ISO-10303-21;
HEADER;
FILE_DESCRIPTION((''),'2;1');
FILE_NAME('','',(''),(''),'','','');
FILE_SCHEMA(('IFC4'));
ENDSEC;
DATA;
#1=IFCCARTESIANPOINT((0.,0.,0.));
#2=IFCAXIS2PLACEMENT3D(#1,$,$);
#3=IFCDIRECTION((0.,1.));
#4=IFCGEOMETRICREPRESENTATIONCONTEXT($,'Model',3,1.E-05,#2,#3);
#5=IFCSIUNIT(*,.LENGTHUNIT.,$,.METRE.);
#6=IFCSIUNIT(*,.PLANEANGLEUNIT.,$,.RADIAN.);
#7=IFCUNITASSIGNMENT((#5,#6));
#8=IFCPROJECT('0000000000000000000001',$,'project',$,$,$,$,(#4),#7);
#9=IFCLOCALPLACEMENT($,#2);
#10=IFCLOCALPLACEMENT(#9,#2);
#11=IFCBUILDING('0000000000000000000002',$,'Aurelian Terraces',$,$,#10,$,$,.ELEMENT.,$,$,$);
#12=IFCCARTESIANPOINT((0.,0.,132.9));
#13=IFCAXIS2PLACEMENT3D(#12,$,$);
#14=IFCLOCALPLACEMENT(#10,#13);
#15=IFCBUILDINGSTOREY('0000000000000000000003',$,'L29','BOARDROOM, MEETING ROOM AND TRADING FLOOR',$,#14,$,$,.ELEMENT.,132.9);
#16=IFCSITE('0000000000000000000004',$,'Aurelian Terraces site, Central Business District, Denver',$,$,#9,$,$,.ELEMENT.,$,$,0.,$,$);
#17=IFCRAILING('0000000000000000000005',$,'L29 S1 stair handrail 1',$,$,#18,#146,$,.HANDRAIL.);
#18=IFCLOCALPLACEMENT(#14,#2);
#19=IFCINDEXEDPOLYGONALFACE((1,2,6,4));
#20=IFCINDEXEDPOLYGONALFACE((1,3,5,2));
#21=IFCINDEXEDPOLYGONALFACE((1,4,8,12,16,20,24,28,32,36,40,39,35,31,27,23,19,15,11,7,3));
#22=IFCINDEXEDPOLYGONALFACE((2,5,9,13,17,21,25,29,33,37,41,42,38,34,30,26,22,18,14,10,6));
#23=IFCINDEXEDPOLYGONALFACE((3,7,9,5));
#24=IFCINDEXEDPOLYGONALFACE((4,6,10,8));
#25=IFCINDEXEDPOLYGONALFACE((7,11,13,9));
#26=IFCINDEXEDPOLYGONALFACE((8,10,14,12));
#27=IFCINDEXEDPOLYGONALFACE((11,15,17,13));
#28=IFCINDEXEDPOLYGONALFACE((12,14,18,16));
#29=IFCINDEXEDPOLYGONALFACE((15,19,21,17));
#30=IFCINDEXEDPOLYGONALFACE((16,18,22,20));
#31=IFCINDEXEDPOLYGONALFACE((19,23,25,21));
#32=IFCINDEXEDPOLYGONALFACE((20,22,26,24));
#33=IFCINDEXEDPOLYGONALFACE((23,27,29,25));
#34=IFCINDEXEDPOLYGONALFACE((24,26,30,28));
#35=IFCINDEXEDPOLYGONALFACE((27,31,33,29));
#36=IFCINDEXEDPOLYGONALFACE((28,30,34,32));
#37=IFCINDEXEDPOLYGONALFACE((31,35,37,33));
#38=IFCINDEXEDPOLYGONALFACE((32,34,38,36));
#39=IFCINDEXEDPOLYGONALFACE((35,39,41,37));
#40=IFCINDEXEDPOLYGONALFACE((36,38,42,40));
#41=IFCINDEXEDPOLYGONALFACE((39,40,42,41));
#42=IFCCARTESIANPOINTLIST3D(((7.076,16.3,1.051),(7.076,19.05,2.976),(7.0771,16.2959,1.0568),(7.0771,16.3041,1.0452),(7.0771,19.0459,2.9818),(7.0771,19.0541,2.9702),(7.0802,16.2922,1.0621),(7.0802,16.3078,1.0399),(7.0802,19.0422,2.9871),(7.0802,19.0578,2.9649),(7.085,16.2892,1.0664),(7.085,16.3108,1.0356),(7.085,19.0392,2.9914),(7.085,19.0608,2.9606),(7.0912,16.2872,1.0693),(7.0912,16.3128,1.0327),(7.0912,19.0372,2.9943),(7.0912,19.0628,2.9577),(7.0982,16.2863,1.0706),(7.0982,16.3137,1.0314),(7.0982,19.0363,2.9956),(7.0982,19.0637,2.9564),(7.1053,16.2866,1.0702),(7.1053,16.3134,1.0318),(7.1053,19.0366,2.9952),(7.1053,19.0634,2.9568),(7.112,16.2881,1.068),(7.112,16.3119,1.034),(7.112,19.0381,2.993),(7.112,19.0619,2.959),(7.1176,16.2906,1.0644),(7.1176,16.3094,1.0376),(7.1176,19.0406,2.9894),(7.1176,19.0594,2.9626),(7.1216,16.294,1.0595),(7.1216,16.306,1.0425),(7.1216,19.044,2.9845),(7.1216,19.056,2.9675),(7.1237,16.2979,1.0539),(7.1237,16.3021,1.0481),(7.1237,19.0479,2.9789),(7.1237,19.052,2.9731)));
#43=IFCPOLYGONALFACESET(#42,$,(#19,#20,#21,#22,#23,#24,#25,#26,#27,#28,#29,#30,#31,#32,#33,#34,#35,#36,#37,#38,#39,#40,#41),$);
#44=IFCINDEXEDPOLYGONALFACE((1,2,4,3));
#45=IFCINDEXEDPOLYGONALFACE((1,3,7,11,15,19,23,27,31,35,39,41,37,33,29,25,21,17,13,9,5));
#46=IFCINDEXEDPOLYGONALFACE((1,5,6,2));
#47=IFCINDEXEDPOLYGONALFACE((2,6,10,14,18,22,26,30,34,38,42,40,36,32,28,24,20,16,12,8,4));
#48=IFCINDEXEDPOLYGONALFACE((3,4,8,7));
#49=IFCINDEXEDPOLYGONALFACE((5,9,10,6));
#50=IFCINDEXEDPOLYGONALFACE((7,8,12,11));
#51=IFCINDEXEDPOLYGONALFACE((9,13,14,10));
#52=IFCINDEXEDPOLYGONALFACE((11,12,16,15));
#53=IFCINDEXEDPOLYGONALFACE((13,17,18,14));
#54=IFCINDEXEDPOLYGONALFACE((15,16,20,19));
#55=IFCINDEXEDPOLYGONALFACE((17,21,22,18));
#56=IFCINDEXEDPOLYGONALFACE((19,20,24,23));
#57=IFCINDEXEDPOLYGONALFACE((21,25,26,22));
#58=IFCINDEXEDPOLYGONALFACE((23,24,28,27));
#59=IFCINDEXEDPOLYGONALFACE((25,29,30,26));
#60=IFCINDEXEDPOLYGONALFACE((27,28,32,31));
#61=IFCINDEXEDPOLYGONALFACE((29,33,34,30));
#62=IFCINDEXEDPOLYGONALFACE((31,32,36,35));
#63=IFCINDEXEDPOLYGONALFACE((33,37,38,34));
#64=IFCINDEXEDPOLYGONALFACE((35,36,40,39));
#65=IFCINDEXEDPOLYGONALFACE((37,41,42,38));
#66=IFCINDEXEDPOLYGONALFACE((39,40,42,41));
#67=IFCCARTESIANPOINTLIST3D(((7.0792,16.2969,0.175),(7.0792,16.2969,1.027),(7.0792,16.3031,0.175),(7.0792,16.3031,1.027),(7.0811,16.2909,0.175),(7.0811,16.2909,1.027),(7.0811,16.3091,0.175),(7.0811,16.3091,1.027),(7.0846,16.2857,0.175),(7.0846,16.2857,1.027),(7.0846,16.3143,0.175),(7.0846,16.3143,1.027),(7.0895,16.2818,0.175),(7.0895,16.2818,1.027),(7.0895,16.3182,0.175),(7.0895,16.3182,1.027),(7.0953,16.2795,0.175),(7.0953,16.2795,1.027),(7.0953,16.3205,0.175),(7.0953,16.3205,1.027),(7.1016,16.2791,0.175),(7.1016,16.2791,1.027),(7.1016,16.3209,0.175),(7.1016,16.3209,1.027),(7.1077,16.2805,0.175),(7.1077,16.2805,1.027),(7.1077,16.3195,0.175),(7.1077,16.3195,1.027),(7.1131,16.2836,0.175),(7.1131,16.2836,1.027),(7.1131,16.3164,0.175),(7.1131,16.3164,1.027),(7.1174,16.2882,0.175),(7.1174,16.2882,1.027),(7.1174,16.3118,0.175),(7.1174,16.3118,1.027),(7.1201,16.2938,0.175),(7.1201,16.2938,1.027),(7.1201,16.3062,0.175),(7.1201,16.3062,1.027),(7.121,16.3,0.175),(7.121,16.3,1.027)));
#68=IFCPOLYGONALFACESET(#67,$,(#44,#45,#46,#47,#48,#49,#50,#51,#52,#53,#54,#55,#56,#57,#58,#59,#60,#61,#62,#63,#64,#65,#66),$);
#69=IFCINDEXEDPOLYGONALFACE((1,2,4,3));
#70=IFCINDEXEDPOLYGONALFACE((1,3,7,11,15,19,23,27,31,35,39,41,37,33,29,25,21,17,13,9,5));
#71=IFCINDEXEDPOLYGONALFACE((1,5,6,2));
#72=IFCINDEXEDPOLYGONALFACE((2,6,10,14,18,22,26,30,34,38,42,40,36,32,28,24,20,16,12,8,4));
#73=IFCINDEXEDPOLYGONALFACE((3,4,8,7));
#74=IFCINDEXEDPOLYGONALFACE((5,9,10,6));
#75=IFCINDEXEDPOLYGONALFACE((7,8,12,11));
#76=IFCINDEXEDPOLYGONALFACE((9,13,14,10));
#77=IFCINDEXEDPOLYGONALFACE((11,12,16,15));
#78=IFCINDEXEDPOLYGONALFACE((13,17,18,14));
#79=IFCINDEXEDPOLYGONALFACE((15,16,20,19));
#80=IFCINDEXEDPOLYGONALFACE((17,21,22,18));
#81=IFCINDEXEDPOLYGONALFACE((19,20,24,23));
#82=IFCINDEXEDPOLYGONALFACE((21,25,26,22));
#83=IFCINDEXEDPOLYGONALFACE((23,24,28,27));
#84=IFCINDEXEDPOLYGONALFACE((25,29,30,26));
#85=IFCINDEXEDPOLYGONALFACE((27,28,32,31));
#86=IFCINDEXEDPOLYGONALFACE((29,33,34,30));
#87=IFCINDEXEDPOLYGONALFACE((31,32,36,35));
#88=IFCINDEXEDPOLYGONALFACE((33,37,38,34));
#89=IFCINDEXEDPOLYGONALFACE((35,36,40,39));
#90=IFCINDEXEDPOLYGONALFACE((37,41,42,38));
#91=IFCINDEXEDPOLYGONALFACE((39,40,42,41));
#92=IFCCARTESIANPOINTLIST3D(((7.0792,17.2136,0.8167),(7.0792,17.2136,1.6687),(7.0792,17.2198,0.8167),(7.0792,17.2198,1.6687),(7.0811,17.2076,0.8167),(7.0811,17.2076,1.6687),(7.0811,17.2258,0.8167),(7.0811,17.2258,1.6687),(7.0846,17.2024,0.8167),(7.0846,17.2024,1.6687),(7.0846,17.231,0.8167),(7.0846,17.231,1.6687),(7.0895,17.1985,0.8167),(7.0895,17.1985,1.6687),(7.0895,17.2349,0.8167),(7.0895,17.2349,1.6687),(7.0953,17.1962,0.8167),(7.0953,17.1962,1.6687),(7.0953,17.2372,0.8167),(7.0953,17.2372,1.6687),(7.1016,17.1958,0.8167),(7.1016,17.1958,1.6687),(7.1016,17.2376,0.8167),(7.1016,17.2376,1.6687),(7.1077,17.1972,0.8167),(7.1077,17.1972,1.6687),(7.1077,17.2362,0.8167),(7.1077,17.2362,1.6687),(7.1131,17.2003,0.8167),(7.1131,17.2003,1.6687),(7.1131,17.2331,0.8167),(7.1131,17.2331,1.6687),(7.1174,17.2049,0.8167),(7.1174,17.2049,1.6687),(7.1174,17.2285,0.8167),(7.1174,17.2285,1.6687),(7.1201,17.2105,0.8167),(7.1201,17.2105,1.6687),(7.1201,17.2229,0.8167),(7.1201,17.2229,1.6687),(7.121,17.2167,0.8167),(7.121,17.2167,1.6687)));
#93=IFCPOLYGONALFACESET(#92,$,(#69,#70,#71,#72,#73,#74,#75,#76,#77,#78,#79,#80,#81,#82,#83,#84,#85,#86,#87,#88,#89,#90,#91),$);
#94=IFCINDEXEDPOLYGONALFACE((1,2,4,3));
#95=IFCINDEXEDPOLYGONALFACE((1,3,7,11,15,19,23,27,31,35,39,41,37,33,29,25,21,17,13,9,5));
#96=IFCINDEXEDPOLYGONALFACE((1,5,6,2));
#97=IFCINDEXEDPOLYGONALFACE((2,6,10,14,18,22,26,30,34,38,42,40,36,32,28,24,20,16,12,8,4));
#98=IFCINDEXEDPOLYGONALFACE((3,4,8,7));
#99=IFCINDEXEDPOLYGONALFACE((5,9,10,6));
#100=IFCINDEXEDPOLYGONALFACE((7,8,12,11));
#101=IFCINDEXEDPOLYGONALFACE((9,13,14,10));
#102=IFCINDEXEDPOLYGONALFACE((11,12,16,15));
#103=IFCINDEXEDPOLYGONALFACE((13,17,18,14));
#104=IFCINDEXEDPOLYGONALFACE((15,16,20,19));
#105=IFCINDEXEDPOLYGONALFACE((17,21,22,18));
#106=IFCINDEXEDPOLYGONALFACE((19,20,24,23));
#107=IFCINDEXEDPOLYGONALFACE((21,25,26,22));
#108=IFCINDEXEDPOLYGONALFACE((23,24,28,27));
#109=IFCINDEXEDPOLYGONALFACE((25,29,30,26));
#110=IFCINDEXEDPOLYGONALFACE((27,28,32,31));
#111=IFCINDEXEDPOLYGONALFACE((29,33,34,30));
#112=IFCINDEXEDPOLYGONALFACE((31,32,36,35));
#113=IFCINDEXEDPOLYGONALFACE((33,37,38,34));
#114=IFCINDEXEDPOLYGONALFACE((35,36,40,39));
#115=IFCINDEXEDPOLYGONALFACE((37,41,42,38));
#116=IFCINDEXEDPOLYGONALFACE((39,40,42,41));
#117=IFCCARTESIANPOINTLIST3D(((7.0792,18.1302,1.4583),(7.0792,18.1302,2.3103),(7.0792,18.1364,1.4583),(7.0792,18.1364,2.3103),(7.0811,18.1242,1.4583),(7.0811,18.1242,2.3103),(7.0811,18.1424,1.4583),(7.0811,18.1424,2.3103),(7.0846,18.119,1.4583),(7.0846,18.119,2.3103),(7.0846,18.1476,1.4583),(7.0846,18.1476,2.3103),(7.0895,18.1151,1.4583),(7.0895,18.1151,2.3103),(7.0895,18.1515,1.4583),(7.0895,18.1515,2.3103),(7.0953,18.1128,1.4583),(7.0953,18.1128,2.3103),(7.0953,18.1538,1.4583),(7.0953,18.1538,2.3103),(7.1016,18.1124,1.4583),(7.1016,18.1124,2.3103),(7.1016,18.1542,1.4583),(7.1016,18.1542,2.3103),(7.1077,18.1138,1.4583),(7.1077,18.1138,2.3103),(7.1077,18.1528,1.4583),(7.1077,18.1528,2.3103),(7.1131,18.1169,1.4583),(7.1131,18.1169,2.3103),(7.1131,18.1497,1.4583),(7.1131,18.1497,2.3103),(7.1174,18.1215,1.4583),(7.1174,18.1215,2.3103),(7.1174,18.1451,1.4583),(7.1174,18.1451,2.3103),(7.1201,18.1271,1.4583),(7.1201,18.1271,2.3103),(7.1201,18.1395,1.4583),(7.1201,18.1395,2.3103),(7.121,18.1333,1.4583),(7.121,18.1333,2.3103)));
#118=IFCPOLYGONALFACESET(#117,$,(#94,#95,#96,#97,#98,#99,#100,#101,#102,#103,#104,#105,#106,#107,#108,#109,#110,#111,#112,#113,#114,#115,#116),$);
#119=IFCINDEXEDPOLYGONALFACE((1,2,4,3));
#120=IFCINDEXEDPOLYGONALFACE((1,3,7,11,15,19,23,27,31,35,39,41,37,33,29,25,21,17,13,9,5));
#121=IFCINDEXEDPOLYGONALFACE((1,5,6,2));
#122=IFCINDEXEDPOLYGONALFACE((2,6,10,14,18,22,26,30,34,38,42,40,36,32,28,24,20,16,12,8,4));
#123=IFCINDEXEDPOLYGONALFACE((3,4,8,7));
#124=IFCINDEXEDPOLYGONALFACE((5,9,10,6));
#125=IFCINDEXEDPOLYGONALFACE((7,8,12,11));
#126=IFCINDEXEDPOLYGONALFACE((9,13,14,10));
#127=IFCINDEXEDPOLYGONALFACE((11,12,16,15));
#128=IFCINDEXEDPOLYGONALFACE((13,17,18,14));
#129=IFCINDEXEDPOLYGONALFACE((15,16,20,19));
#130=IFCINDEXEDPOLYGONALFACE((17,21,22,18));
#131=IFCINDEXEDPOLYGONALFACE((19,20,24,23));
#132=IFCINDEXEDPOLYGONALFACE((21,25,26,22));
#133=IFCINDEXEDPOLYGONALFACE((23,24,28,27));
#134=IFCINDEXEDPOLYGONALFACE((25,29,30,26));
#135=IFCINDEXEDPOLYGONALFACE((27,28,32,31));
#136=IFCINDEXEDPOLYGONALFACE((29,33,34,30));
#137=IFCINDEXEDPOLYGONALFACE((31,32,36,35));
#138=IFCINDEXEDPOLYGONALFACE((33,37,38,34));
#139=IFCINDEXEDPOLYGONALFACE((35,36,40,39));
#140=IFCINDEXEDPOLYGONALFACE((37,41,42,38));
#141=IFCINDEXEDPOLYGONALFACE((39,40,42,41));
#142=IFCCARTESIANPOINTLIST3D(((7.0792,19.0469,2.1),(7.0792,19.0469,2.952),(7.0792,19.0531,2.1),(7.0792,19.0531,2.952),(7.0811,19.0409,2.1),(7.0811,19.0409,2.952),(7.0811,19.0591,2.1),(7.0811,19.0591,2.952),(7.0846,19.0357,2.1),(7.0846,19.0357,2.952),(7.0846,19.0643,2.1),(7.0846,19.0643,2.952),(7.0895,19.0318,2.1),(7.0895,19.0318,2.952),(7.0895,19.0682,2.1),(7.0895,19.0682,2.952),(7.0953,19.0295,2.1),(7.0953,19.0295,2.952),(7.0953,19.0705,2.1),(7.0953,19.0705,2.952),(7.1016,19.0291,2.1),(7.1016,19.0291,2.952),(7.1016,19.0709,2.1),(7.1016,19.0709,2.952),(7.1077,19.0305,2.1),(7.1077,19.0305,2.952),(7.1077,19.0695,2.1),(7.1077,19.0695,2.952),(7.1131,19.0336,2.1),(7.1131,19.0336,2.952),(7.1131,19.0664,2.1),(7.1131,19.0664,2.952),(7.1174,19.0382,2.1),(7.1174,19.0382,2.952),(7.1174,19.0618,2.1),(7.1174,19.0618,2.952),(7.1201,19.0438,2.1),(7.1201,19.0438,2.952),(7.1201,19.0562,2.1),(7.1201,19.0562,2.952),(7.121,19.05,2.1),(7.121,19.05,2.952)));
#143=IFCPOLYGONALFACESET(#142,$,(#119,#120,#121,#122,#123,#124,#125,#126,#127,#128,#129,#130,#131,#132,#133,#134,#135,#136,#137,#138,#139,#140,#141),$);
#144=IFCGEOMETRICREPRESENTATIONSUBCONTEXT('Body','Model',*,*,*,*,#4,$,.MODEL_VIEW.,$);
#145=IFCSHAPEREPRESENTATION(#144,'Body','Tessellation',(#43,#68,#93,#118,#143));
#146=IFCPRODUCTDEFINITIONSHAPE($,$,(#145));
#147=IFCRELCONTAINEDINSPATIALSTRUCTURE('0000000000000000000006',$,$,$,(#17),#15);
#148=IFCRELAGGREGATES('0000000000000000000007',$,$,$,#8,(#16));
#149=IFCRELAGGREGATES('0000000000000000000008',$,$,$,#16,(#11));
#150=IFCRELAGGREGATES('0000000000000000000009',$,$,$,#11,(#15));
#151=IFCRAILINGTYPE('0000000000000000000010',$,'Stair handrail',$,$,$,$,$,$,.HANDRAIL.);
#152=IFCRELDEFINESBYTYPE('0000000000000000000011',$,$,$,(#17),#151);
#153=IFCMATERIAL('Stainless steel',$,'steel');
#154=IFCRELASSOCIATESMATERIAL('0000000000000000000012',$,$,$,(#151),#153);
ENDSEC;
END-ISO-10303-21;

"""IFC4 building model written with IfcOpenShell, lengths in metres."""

from ifc_helpers import new_model, si_unit, direction, frame, origin, origin_2d, place, context, subcontext, project, spatial, circle, extrude, source, transform, mapped, material, type_object, element, save


model = new_model("IFC4")

# Units and contexts
model_context = context("Model", 3, precision=1e-05, world=origin(), true_north=direction((0.0, 1.0)))
body_context = subcontext(model_context, "Body", "Model", "MODEL_VIEW")
ifc_project = project(units=[si_unit("LENGTHUNIT", "METRE"), si_unit("PLANEANGLEUNIT", "RADIAN")], contexts=[model_context])

# Site, building, storey
site_placement = place(None, origin())
site = spatial("IfcSite", under=ifc_project, at=site_placement, Name="Aurelian Terraces site, Central Business District, Denver", CompositionType="ELEMENT", RefElevation=0.0)
building_placement = place(site_placement, origin())
building = spatial("IfcBuilding", under=site, at=building_placement, Name="Aurelian Terraces", CompositionType="ELEMENT")
storey_placement = place(building_placement, frame((0.0, 0.0, 132.9)))
storey = spatial("IfcBuildingStorey", under=building, at=storey_placement, Name="L29", Description="BOARDROOM, MEETING ROOM AND TRADING FLOOR", CompositionType="ELEMENT", Elevation=132.9)

# Railing
ifc_material_1 = material(Name="Stainless steel", Category="steel")
railing_type_1 = type_object("IfcRailingType", Name="Stair handrail", PredefinedType="HANDRAIL", material=ifc_material_1)
shared_shape_1 = source(origin(), body_context, "Body", "SweptSolid", [
    extrude(circle(Radius=0.024, at=origin_2d()), frame((0.0, 0.0, 0.876), z_axis=(0.0, 0.819232, 0.573462), x_axis=(-1.0, 0.0, 0.0)), (0.0, 0.0, 1.0), 3.3568),
    extrude(circle(Radius=0.021, at=origin_2d()), origin(), (0.0, 0.0, 1.0), 0.852),
    extrude(circle(Radius=0.021, at=origin_2d()), frame((0.0, 0.9167, 0.6417)), (0.0, 0.0, 1.0), 0.852),
    extrude(circle(Radius=0.021, at=origin_2d()), frame((0.0, 1.8333, 1.2833)), (0.0, 0.0, 1.0), 0.852),
    extrude(circle(Radius=0.021, at=origin_2d()), frame((0.0, 2.75, 1.925)), (0.0, 0.0, 1.0), 0.852),
])
railing_1_placement = place(storey_placement, frame((7.1, 16.3, 0.175)))
element("IfcRailing", 1, at=railing_1_placement, inside=storey, type_object=railing_type_1, Name="L29 S1 stair handrail 1", PredefinedType="HANDRAIL", context=body_context, shape_type="MappedRepresentation", body=[
    mapped(shared_shape_1, transform((0.0, 0.0, 0.0), scale=1.0)),
])

save(model, "model.ifc")
